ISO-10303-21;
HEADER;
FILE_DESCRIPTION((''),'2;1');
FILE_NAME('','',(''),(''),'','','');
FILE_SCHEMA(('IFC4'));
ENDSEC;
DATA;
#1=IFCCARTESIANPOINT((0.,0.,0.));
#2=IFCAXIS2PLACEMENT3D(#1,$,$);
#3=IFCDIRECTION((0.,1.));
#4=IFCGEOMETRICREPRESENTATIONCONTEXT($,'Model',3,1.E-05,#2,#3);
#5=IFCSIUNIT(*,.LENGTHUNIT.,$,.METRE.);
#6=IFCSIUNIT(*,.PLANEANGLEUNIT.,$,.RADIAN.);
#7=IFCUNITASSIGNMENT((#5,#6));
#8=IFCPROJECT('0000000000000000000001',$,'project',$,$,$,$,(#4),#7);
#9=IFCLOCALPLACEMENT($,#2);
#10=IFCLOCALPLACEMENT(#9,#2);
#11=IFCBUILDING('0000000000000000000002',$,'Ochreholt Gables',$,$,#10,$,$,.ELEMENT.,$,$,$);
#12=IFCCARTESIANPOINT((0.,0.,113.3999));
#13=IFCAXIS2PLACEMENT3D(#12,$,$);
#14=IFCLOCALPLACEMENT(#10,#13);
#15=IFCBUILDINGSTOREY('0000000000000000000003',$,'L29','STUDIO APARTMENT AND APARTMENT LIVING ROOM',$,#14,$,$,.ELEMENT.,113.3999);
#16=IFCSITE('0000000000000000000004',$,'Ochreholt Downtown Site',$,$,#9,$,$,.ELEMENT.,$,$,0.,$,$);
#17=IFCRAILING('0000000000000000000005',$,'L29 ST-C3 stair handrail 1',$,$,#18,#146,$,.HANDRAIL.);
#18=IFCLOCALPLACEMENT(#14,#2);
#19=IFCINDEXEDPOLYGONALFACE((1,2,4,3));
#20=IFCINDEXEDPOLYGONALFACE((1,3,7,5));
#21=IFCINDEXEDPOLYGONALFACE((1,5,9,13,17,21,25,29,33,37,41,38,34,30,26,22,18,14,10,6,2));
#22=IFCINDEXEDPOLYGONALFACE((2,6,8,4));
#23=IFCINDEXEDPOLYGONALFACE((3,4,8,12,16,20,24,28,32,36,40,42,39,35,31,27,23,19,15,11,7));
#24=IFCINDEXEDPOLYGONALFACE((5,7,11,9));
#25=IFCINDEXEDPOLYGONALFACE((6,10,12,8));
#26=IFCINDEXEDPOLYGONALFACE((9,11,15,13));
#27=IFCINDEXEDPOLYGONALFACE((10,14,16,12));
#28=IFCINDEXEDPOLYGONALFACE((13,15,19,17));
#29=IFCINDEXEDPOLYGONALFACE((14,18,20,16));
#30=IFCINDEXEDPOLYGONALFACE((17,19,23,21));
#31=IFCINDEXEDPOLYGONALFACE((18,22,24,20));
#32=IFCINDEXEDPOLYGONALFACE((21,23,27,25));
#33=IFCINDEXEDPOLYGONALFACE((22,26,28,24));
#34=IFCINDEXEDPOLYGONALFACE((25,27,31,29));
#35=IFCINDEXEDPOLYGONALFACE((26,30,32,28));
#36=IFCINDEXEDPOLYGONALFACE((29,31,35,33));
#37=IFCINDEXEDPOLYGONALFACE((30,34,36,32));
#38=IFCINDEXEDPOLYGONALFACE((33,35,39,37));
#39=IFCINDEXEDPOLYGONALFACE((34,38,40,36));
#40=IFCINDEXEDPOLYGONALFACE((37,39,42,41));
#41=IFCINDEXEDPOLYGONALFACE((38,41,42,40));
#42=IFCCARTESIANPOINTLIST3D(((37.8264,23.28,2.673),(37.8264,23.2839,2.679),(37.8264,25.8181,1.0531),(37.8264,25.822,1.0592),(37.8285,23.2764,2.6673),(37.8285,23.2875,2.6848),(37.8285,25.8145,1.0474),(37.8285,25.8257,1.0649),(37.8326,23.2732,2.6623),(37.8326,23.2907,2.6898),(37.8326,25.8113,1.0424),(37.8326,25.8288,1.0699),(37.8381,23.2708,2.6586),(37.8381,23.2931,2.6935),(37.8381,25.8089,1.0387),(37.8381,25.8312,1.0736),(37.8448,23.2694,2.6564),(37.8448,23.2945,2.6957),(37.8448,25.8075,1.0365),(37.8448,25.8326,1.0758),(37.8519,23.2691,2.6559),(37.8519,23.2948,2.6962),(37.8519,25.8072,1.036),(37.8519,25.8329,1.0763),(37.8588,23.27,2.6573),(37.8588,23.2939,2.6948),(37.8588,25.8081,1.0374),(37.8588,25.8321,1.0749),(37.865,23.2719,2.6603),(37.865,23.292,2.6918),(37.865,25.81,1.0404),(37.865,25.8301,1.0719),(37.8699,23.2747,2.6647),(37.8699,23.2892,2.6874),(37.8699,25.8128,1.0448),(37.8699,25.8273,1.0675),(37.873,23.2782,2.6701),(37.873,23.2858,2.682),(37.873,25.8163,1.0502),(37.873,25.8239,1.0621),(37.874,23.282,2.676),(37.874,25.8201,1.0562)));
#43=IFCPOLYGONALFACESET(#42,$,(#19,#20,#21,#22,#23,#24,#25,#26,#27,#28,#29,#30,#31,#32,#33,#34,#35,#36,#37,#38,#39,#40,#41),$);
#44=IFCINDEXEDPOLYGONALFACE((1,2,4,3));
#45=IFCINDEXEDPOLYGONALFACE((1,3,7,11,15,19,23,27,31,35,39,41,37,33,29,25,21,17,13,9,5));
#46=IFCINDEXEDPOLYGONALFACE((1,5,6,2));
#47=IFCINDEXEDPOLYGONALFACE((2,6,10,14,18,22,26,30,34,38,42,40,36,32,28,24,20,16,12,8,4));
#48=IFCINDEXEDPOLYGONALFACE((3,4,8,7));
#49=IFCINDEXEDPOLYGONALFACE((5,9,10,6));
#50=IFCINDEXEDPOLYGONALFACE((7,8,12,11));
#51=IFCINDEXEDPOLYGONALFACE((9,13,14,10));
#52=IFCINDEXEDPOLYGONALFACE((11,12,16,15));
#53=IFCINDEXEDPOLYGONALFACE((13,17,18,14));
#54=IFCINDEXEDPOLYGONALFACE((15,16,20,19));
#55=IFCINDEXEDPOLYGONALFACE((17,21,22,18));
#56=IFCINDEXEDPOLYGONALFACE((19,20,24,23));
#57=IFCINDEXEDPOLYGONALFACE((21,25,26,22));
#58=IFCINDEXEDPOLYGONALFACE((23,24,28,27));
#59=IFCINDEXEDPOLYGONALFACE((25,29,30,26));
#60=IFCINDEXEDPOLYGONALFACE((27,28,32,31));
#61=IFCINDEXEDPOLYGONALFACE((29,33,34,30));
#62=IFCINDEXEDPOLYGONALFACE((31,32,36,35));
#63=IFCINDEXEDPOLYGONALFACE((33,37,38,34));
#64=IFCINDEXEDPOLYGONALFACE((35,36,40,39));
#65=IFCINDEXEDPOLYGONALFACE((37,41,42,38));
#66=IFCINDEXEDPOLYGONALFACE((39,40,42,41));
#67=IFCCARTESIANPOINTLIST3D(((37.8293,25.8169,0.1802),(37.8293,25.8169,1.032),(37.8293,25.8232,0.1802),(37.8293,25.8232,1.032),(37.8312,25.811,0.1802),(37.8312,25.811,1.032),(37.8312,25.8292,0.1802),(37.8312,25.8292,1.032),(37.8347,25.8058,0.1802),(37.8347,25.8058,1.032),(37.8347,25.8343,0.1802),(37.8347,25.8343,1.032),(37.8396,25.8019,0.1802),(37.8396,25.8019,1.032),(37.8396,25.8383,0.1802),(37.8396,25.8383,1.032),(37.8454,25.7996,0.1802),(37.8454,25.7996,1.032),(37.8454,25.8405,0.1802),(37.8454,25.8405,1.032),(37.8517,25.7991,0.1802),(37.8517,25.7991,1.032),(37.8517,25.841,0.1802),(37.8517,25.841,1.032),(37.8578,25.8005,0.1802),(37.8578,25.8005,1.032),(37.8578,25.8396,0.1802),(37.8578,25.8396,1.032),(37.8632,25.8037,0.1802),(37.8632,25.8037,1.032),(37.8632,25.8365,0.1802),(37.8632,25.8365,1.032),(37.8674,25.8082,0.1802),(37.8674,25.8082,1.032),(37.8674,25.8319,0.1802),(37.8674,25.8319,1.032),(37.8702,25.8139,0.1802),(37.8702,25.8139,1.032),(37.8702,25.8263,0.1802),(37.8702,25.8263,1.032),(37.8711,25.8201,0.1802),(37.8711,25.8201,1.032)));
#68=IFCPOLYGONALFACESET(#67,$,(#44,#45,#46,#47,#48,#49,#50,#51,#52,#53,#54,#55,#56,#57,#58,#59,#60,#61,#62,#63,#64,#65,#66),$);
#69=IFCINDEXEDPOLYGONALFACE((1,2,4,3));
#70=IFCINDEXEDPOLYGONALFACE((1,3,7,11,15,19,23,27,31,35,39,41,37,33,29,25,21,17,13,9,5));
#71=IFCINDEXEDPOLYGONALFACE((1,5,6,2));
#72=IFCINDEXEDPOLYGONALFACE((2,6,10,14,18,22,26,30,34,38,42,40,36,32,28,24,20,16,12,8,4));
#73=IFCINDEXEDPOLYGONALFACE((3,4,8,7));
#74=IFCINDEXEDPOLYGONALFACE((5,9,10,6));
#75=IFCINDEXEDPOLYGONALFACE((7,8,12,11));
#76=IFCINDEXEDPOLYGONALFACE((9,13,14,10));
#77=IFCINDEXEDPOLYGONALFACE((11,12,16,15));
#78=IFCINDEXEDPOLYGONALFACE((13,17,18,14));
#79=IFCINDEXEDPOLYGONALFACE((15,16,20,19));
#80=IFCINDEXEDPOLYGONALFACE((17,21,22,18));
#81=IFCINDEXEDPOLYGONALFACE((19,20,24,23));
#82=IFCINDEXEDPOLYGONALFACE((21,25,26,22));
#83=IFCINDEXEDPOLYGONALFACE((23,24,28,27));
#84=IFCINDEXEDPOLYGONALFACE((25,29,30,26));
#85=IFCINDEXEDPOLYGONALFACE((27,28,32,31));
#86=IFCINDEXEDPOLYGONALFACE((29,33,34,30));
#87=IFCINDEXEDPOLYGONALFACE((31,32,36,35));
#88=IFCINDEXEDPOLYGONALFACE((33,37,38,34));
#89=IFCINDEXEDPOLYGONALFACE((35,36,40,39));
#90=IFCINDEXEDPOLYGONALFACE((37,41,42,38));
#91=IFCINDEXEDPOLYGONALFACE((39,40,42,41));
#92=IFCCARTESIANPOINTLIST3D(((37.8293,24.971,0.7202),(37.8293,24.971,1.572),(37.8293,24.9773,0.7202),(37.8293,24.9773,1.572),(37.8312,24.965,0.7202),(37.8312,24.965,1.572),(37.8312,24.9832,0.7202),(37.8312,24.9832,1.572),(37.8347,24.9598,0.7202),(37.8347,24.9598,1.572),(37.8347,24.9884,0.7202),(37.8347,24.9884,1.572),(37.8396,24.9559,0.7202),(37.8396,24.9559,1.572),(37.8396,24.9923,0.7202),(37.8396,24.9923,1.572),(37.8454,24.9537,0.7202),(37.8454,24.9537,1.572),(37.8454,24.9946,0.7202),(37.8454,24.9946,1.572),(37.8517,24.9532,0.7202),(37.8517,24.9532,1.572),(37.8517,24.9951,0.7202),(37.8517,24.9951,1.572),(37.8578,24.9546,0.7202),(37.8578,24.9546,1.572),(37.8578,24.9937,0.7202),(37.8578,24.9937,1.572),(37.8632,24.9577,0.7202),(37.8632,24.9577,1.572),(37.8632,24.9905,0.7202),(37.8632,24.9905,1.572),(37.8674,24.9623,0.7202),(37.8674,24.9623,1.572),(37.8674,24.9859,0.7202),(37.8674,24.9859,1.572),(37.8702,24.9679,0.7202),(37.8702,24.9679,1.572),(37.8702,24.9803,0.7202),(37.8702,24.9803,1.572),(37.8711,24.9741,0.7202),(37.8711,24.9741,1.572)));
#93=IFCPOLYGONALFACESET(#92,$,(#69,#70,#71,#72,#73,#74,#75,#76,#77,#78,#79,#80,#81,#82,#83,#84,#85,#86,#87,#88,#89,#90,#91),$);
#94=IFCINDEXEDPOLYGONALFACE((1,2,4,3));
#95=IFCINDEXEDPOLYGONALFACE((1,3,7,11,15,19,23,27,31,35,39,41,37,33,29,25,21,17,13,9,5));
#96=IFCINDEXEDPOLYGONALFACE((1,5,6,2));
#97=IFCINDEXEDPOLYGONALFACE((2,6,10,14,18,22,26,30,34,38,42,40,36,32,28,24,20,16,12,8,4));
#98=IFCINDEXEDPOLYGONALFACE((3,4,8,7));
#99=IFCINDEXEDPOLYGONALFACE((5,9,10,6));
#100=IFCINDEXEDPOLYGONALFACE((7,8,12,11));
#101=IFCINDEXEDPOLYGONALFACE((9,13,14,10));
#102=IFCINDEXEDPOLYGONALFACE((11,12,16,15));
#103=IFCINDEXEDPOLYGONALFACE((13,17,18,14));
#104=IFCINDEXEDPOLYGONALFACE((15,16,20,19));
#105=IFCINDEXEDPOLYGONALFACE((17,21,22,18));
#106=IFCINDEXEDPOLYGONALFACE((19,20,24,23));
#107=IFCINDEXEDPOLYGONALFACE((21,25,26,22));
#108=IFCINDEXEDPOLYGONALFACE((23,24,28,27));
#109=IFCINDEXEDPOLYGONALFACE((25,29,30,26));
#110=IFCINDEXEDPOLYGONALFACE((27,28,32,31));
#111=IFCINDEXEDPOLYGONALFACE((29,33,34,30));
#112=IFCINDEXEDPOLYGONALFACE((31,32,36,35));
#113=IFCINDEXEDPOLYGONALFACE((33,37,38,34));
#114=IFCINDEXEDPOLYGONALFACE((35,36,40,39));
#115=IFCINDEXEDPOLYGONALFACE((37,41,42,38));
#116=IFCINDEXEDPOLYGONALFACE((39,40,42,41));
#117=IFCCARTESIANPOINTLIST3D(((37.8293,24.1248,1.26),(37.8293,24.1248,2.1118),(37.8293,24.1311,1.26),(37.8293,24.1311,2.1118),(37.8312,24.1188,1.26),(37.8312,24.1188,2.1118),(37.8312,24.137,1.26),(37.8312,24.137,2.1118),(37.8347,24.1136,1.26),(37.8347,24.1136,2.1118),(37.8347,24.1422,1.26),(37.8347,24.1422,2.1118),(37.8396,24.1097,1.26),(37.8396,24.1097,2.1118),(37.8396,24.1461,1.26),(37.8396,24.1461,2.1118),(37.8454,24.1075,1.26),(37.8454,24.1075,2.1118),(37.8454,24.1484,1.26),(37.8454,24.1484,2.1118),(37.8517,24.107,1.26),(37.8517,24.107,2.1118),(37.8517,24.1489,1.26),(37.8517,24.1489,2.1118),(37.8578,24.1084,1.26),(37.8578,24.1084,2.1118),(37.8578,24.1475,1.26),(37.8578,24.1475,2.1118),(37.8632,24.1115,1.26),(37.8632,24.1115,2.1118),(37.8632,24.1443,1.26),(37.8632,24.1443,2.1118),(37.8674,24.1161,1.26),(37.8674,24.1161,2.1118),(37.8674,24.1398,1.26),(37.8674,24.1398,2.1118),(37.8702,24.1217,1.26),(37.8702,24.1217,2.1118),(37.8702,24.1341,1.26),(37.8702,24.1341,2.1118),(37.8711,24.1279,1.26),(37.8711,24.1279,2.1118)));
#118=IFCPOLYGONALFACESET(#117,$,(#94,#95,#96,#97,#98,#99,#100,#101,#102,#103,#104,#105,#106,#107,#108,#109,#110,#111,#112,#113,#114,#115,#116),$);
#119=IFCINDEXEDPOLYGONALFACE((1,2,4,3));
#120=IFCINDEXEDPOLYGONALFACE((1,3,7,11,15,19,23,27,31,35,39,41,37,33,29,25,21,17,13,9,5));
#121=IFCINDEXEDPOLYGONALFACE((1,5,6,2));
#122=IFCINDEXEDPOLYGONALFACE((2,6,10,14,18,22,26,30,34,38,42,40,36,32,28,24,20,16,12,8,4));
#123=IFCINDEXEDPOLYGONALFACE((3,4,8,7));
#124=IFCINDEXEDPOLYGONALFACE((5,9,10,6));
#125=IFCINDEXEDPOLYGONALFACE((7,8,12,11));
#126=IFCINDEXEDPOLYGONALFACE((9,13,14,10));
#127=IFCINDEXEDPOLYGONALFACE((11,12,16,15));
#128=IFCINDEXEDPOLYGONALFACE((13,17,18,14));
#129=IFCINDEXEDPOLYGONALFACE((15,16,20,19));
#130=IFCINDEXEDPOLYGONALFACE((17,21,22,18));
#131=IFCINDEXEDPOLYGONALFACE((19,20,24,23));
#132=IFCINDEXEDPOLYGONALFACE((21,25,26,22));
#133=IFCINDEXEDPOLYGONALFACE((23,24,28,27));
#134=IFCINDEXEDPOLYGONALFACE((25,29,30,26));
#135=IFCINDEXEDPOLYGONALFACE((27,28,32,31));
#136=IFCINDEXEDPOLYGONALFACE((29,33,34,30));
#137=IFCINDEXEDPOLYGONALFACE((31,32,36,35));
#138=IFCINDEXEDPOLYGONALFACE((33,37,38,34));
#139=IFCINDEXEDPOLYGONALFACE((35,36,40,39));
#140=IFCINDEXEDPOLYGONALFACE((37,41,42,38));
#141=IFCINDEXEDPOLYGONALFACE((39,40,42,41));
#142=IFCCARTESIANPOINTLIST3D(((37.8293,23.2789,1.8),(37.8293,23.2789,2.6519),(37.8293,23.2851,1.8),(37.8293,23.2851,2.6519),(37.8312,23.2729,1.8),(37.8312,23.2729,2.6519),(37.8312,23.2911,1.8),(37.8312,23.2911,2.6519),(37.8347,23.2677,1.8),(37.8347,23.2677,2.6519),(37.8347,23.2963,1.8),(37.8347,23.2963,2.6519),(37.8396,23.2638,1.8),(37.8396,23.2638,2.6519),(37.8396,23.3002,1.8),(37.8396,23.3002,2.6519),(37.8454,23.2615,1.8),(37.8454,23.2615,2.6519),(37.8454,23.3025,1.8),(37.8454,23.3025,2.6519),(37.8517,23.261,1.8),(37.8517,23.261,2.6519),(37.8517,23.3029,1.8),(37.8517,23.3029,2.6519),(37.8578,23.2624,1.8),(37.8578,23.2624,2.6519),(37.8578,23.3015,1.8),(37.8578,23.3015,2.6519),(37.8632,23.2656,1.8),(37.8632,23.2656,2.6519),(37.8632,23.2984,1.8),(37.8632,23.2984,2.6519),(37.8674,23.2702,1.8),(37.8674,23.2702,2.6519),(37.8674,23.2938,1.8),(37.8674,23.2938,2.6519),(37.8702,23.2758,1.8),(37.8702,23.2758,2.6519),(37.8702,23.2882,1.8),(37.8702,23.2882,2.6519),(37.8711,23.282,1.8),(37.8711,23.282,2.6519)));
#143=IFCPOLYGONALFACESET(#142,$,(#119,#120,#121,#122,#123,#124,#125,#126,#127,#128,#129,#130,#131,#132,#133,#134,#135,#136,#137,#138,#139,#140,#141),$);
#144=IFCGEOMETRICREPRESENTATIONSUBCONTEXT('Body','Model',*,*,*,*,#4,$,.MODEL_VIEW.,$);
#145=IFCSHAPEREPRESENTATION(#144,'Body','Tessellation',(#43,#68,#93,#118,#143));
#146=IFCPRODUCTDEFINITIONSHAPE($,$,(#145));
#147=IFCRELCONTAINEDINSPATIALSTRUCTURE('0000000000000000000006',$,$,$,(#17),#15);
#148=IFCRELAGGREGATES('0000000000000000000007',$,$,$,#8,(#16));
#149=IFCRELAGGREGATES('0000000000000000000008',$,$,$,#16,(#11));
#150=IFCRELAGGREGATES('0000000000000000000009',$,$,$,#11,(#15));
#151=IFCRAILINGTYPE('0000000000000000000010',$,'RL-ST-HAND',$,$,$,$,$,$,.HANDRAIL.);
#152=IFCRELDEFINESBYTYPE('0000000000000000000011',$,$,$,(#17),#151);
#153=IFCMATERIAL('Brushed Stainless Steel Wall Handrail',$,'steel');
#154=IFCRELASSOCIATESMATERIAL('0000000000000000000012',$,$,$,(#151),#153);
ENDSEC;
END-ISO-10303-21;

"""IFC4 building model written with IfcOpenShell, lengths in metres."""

from ifc_helpers import new_model, si_unit, direction, frame, origin, origin_2d, place, context, subcontext, project, spatial, circle, extrude, material, type_object, element, save


model = new_model("IFC4")

# Units and contexts
model_context = context("Model", 3, precision=1e-05, world=origin(), true_north=direction((0.0, 1.0)))
body_context = subcontext(model_context, "Body", "Model", "MODEL_VIEW")
ifc_project = project(units=[si_unit("LENGTHUNIT", "METRE"), si_unit("PLANEANGLEUNIT", "RADIAN")], contexts=[model_context])

# Site, building, storey
site_placement = place(None, origin())
site = spatial("IfcSite", under=ifc_project, at=site_placement, Name="Ochreholt Downtown Site", CompositionType="ELEMENT", RefElevation=0.0)
building_placement = place(site_placement, origin())
building = spatial("IfcBuilding", under=site, at=building_placement, Name="Ochreholt Gables", CompositionType="ELEMENT")
storey_placement = place(building_placement, frame((0.0, 0.0, 113.3999)))
storey = spatial("IfcBuildingStorey", under=building, at=storey_placement, Name="L29", Description="STUDIO APARTMENT AND APARTMENT LIVING ROOM", CompositionType="ELEMENT", Elevation=113.3999)

# Railing
ifc_material_1 = material(Name="Brushed Stainless Steel Wall Handrail", Category="steel")
railing_type_1 = type_object("IfcRailingType", Name="RL-ST-HAND", PredefinedType="HANDRAIL", material=ifc_material_1)
railing_1_placement = place(storey_placement, frame((37.8501, 25.8201, 0.1802)))
element("IfcRailing", 1, at=railing_1_placement, inside=storey, type_object=railing_type_1, Name="L29 ST-C3 stair handrail 1", PredefinedType="HANDRAIL", context=body_context, shape_type="SweptSolid", body=[
    extrude(circle(Radius=0.0239, at=origin_2d()), frame((0.0, 0.0, 0.876), z_axis=(0.0, -0.84295, 0.537993), x_axis=(1.0, 0.0, 0.0)), (0.0, 0.0, 1.0), 3.011),
    extrude(circle(Radius=0.021, at=origin_2d()), origin(), (0.0, 0.0, 1.0), 0.8518),
    extrude(circle(Radius=0.021, at=origin_2d()), frame((0.0, -0.8459, 0.54)), (0.0, 0.0, 1.0), 0.8518),
    extrude(circle(Radius=0.021, at=origin_2d()), frame((0.0, -1.6921, 1.0798)), (0.0, 0.0, 1.0), 0.8518),
    extrude(circle(Radius=0.021, at=origin_2d()), frame((0.0, -2.5381, 1.6199)), (0.0, 0.0, 1.0), 0.8518),
])

save(model, "model.ifc")
